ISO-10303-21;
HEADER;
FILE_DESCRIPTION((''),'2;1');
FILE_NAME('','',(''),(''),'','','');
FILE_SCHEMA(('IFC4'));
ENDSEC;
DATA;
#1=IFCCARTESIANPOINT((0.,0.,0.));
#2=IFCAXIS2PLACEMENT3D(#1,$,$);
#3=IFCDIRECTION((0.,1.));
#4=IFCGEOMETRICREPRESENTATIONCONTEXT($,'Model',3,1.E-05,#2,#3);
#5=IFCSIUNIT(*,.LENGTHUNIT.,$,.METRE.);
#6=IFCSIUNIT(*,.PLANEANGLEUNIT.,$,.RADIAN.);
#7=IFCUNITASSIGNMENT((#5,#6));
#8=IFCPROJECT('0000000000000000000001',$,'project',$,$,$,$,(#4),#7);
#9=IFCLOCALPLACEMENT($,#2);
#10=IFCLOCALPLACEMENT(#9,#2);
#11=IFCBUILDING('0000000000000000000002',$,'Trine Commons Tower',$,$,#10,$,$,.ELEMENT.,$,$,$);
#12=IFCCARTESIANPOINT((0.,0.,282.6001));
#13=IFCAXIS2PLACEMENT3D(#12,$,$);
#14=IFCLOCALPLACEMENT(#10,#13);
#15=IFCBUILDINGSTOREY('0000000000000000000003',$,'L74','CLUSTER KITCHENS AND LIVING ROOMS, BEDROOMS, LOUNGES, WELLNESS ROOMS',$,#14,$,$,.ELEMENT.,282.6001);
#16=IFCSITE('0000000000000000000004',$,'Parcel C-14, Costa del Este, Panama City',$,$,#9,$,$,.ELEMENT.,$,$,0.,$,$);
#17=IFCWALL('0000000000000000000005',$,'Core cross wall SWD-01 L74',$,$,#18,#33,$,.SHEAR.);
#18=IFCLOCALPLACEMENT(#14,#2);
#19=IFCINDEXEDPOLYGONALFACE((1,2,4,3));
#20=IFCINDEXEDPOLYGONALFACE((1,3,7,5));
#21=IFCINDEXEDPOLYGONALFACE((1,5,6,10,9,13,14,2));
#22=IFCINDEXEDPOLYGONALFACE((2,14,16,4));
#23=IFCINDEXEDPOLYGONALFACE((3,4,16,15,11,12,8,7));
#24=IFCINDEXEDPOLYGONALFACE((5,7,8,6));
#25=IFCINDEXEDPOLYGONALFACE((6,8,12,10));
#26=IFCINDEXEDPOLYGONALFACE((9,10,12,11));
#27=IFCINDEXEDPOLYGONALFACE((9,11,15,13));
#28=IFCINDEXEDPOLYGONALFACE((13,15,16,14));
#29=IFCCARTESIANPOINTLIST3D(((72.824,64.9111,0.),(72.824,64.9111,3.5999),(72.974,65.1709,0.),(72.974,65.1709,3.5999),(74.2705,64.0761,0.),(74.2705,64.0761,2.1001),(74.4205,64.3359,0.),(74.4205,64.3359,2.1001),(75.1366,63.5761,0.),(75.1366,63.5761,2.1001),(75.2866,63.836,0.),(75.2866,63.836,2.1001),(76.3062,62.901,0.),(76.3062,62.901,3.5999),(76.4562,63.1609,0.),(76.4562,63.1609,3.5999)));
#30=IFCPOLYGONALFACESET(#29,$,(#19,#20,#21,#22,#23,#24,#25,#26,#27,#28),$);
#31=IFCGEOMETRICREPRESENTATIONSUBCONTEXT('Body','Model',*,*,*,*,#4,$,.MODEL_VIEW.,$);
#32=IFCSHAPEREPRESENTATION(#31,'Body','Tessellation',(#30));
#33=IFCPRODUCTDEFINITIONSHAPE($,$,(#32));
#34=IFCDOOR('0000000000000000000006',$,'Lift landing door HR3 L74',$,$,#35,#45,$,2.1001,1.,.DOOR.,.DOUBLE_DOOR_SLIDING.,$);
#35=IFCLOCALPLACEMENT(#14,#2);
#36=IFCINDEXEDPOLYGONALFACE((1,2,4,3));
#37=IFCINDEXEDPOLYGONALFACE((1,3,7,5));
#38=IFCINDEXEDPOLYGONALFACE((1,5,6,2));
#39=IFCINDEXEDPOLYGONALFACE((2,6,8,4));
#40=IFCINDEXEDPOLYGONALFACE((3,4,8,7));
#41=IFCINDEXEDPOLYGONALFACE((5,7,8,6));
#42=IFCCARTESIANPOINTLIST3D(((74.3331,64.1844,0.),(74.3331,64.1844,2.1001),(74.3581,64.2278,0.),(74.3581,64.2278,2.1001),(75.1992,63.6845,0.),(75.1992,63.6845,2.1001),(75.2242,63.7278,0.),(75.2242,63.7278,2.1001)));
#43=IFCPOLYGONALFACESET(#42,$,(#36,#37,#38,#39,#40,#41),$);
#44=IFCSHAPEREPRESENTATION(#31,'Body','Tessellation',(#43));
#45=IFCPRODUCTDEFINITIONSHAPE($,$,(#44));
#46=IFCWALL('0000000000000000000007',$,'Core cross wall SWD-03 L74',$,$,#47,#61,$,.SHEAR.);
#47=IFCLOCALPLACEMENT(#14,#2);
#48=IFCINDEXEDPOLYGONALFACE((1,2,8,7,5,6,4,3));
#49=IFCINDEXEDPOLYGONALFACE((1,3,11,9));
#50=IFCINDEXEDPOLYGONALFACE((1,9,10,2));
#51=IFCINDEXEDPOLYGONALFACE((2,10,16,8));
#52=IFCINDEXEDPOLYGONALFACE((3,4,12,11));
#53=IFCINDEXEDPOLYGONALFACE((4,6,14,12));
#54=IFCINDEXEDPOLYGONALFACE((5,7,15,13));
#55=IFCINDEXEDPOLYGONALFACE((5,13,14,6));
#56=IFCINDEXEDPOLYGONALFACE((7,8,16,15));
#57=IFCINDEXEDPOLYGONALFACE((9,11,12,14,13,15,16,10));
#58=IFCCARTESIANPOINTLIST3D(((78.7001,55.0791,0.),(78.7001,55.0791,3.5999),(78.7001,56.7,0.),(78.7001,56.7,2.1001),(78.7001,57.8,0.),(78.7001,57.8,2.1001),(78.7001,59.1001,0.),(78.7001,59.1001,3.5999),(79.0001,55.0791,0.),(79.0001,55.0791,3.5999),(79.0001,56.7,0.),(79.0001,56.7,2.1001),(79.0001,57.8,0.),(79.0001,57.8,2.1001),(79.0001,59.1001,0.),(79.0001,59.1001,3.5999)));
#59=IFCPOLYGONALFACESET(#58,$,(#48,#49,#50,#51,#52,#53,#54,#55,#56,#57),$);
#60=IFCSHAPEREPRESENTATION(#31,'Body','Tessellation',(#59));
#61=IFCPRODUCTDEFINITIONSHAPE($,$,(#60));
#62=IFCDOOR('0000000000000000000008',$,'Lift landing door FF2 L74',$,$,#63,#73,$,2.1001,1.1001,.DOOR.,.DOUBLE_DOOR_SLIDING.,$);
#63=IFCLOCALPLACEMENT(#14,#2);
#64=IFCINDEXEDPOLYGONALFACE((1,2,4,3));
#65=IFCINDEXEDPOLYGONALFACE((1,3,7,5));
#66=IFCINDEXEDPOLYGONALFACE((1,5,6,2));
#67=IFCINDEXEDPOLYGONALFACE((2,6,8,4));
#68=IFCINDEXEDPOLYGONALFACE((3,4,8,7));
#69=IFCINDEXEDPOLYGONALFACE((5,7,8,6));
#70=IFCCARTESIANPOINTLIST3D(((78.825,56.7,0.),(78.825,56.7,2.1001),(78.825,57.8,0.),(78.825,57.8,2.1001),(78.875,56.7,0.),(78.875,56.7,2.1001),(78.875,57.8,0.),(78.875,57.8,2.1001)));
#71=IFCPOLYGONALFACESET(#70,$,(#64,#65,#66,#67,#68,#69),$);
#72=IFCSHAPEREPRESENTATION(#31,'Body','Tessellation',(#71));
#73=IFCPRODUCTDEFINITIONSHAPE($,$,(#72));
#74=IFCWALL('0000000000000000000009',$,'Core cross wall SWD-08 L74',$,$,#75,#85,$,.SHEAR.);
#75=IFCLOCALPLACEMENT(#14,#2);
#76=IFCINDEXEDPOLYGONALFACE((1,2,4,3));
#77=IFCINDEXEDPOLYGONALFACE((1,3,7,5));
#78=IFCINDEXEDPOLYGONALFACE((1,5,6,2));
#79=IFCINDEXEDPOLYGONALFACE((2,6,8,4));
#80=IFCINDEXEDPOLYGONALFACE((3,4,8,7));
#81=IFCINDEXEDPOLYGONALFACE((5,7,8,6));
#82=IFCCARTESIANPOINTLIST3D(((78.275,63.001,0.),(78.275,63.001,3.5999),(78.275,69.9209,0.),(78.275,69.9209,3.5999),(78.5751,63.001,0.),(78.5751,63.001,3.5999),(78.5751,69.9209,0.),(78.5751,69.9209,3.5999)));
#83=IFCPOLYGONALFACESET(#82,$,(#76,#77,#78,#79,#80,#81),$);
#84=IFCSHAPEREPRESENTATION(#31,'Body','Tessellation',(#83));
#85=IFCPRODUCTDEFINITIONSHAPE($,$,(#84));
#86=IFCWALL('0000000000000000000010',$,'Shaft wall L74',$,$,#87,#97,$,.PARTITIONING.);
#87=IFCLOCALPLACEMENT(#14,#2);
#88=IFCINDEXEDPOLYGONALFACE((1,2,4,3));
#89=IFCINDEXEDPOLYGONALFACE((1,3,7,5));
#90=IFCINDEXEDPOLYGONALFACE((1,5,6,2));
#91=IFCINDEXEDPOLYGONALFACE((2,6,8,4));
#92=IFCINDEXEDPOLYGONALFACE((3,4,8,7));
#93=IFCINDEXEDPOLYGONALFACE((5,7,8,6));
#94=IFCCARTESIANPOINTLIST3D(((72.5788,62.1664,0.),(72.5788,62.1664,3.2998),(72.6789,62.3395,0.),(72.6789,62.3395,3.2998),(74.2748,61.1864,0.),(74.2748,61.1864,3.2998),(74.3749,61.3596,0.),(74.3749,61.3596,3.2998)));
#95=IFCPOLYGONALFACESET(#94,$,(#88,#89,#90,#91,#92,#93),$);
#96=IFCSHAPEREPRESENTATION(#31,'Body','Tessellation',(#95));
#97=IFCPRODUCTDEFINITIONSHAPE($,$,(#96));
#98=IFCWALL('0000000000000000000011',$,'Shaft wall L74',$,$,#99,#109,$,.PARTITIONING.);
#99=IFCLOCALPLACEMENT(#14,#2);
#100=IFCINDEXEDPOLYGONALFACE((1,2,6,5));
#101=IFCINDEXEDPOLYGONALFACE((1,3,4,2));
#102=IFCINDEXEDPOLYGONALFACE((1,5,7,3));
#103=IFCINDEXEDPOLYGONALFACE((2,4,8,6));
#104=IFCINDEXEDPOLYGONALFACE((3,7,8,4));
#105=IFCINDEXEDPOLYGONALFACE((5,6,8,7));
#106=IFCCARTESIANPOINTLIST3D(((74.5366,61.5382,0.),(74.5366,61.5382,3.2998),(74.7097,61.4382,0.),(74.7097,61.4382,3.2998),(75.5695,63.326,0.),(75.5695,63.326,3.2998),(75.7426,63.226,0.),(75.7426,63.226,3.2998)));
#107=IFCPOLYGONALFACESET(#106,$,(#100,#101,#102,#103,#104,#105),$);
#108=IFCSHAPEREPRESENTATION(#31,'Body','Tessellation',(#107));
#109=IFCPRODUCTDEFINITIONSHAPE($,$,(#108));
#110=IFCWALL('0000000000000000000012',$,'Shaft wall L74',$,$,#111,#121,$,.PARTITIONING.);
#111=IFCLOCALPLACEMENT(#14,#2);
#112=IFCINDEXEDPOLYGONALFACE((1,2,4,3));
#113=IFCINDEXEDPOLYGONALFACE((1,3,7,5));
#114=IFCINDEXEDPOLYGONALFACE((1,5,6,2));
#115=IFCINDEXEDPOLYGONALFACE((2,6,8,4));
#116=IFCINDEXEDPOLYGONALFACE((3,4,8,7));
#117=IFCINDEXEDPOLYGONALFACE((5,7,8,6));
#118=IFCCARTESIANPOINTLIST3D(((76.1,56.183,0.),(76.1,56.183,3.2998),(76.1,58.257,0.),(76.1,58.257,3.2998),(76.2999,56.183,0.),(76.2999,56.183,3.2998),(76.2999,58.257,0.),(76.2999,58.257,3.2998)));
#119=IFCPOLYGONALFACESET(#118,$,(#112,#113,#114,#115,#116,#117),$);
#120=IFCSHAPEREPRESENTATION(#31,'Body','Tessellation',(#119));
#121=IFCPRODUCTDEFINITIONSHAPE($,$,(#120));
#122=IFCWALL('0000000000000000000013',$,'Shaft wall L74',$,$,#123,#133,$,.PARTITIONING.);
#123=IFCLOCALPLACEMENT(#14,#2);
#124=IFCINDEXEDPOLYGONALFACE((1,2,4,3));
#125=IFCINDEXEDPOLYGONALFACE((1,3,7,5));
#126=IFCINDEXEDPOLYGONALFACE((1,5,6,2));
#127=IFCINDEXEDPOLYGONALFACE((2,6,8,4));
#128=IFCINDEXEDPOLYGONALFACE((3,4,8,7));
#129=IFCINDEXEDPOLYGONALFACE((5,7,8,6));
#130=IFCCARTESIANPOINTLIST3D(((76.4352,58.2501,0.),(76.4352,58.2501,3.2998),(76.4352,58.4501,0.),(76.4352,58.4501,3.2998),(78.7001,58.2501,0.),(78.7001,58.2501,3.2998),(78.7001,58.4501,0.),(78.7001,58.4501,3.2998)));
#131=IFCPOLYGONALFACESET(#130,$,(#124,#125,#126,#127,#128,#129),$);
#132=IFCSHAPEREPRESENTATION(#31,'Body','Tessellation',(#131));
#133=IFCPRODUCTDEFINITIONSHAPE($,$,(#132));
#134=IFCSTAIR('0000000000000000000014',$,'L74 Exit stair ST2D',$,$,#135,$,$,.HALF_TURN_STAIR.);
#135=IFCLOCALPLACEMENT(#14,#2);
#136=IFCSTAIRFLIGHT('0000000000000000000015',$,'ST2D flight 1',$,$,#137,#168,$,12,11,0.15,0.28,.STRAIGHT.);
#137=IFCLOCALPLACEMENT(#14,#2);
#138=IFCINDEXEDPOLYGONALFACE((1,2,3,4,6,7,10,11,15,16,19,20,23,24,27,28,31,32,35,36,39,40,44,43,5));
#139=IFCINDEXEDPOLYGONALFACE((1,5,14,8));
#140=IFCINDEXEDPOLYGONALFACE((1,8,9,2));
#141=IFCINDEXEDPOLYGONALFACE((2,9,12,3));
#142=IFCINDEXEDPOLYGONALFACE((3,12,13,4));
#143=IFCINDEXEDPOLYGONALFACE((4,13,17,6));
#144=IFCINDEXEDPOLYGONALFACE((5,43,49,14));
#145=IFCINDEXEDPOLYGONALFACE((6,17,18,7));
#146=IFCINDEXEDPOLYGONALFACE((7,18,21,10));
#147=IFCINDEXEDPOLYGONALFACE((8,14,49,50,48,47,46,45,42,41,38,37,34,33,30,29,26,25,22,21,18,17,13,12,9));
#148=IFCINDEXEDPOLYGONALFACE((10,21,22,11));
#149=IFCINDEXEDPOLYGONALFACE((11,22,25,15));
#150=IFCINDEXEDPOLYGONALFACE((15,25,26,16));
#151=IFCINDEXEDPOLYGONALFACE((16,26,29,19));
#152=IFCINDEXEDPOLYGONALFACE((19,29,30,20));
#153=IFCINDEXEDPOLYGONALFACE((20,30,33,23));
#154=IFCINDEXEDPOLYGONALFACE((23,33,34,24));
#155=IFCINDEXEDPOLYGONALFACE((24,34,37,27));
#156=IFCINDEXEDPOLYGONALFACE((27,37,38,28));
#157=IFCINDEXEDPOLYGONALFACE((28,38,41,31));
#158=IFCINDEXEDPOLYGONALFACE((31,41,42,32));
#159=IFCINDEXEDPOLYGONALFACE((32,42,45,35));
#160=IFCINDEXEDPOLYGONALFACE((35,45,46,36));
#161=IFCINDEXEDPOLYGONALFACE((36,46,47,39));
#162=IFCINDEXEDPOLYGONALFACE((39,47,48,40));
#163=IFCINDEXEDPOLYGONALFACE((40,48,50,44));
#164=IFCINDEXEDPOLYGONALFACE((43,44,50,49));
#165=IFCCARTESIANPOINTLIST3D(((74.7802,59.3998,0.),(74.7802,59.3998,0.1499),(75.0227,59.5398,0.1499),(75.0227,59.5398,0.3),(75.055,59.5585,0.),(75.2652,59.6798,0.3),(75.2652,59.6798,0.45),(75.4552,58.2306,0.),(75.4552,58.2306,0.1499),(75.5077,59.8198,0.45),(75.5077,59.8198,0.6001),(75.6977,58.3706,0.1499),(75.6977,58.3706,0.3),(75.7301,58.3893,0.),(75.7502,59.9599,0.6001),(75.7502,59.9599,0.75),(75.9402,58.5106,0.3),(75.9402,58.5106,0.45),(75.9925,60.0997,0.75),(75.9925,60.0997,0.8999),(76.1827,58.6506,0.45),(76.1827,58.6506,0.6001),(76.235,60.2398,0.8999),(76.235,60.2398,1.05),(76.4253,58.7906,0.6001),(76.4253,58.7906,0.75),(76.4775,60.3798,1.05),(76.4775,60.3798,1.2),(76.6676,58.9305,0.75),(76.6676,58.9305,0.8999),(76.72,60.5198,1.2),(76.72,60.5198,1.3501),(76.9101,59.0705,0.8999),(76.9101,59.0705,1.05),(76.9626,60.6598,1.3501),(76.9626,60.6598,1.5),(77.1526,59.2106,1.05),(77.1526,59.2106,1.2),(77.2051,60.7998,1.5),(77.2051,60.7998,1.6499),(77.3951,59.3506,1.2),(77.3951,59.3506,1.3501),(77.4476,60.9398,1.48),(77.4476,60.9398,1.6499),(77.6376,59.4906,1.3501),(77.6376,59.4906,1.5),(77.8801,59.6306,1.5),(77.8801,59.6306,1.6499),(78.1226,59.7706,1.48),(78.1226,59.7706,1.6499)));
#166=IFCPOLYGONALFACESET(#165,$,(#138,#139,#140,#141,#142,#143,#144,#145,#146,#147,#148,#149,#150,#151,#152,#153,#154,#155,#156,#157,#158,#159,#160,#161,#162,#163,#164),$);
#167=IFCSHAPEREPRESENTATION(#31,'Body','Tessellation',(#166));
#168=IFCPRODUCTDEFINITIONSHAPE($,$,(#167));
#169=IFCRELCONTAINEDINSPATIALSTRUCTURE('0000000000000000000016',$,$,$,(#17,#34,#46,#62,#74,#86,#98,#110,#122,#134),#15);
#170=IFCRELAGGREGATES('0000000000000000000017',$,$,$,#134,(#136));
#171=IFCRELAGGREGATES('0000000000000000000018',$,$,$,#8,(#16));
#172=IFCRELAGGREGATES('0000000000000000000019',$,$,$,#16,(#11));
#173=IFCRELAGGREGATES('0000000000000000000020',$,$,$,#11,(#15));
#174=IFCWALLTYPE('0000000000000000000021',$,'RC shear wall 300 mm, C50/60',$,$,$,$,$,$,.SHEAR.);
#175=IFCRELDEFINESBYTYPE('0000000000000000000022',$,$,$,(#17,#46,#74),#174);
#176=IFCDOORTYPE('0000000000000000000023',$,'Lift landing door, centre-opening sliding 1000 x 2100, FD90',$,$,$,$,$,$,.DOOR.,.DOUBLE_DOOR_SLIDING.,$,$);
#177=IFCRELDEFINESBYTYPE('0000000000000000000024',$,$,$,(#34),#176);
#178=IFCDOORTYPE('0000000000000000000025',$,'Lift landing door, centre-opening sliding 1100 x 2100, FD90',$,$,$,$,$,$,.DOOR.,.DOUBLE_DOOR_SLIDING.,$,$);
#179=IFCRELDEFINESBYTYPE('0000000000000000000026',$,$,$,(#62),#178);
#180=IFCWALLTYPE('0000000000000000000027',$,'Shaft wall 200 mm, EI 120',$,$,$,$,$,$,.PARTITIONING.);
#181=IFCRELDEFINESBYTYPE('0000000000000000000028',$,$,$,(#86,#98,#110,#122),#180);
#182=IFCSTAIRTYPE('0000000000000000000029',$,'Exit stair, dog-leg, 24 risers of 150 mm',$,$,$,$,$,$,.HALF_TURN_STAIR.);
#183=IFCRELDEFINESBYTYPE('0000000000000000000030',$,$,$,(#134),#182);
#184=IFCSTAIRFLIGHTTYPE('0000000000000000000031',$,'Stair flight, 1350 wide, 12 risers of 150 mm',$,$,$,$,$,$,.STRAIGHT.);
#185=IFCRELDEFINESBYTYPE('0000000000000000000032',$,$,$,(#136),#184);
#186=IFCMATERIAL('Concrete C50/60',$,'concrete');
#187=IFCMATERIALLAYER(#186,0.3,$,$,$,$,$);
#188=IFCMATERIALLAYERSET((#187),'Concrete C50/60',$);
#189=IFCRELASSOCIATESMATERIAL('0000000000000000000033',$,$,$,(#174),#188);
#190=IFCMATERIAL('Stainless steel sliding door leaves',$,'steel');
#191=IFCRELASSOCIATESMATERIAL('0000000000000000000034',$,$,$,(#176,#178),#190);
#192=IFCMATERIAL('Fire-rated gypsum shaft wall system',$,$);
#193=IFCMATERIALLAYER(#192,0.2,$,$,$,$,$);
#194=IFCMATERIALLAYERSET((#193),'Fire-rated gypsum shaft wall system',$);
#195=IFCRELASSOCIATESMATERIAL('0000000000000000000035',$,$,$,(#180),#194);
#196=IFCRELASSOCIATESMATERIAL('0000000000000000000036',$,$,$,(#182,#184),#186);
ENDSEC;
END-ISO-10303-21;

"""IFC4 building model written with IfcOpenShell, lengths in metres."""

from ifc_helpers import new_model, si_unit, direction, frame, frame_2d, origin, place, context, subcontext, project, spatial, polyline, rectangle, outline, extrude, material, layer, layer_set, type_object, element, fill, aggregate, save


model = new_model("IFC4")

# Units and contexts
model_context = context("Model", 3, precision=1e-05, world=origin(), true_north=direction((0.0, 1.0)))
body_context = subcontext(model_context, "Body", "Model", "MODEL_VIEW")
ifc_project = project(units=[si_unit("LENGTHUNIT", "METRE"), si_unit("PLANEANGLEUNIT", "RADIAN")], contexts=[model_context])

# Site, building, storey
site_placement = place(None, origin())
site = spatial("IfcSite", under=ifc_project, at=site_placement, Name="Parcel C-14, Costa del Este, Panama City", CompositionType="ELEMENT", RefElevation=0.0)
building_placement = place(site_placement, origin())
building = spatial("IfcBuilding", under=site, at=building_placement, Name="Trine Commons Tower", CompositionType="ELEMENT")
storey_placement = place(building_placement, frame((0.0, 0.0, 282.6001)))
storey = spatial("IfcBuildingStorey", under=building, at=storey_placement, Name="L74", Description="CLUSTER KITCHENS AND LIVING ROOMS, BEDROOMS, LOUNGES, WELLNESS ROOMS", CompositionType="ELEMENT", Elevation=282.6001)

# Walls, openings, doors
ifc_material_1 = material(Name="Concrete C50/60", Category="concrete")
ifc_layer_1 = layer(ifc_material_1, 0.3)
ifc_layer_set_1 = layer_set([ifc_layer_1], Name="Concrete C50/60")
wall_type_1 = type_object("IfcWallType", Name="RC shear wall 300 mm, C50/60", PredefinedType="SHEAR", material=ifc_layer_set_1)
wall_1_placement = place(storey_placement, frame((76.3811, 63.031, 0.0), z_axis=(0.0, 0.0, 1.0), x_axis=(-0.866071, 0.49992, 0.0)))
wall_1 = element("IfcWall", 1, at=wall_1_placement, inside=storey, type_object=wall_type_1, Name="Core cross wall SWD-01 L74", PredefinedType="SHEAR", context=body_context, shape_type="SweptSolid", body=[
    extrude(rectangle(XDim=4.0208, YDim=0.3, at=frame_2d((2.0103, 0.0))), origin(), (0.0, 0.0, 1.0), 3.5999),
])
opening_1_placement = place(wall_1_placement, frame((1.3503, 0.0, 0.0)))
opening_1 = element("IfcOpeningElement", 2, at=opening_1_placement, cuts=wall_1, PredefinedType="OPENING", context=body_context, shape_type="SweptSolid", body=[
    extrude(rectangle(XDim=1.0, YDim=2.1001, at=frame_2d((0.5, 1.05))), frame((0.0, 0.1599, 0.0), z_axis=(0.0, -1.0, 0.0), x_axis=(1.0, 0.0, 0.0)), (0.0, 0.0, 1.0), 0.3201),
])
ifc_material_2 = material(Name="Stainless steel sliding door leaves", Category="steel")
door_type_1 = type_object("IfcDoorType", Name="Lift landing door, centre-opening sliding 1000 x 2100, FD90", OperationType="DOUBLE_DOOR_SLIDING", PredefinedType="DOOR", material=ifc_material_2)
door_1_placement = place(opening_1_placement, origin())
door_1 = element("IfcDoor", 3, at=door_1_placement, inside=storey, type_object=door_type_1, Name="Lift landing door HR3 L74", OperationType="DOUBLE_DOOR_SLIDING", OverallHeight=2.1001, OverallWidth=1.0, PredefinedType="DOOR", context=body_context, shape_type="SweptSolid", body=[
    extrude(rectangle(XDim=1.0, YDim=2.1001, at=frame_2d((0.5, 1.05))), frame((0.0, 0.0249, 0.0), z_axis=(0.0, -1.0, 0.0), x_axis=(1.0, 0.0, 0.0)), (0.0, 0.0, 1.0), 0.05),
])
fill(opening_1, door_1)
wall_2_placement = place(storey_placement, frame((78.8501, 59.1001, 0.0), z_axis=(0.0, 0.0, 1.0), x_axis=(0.0, -1.0, 0.0)))
wall_2 = element("IfcWall", 4, at=wall_2_placement, inside=storey, type_object=wall_type_1, Name="Core cross wall SWD-03 L74", PredefinedType="SHEAR", context=body_context, shape_type="SweptSolid", body=[
    extrude(rectangle(XDim=4.021, YDim=0.3, at=frame_2d((2.0105, 0.0))), origin(), (0.0, 0.0, 1.0), 3.5999),
])
opening_2_placement = place(wall_2_placement, frame((1.3, 0.0, 0.0)))
opening_2 = element("IfcOpeningElement", 5, at=opening_2_placement, cuts=wall_2, PredefinedType="OPENING", context=body_context, shape_type="SweptSolid", body=[
    extrude(rectangle(XDim=1.1001, YDim=2.1001, at=frame_2d((0.55, 1.05))), frame((0.0, 0.1599, 0.0), z_axis=(0.0, -1.0, 0.0), x_axis=(1.0, 0.0, 0.0)), (0.0, 0.0, 1.0), 0.3201),
])
door_type_2 = type_object("IfcDoorType", Name="Lift landing door, centre-opening sliding 1100 x 2100, FD90", OperationType="DOUBLE_DOOR_SLIDING", PredefinedType="DOOR", material=ifc_material_2)
door_2_placement = place(opening_2_placement, origin())
door_2 = element("IfcDoor", 6, at=door_2_placement, inside=storey, type_object=door_type_2, Name="Lift landing door FF2 L74", OperationType="DOUBLE_DOOR_SLIDING", OverallHeight=2.1001, OverallWidth=1.1001, PredefinedType="DOOR", context=body_context, shape_type="SweptSolid", body=[
    extrude(rectangle(XDim=1.1001, YDim=2.1001, at=frame_2d((0.55, 1.05))), frame((0.0, 0.0249, 0.0), z_axis=(0.0, -1.0, 0.0), x_axis=(1.0, 0.0, 0.0)), (0.0, 0.0, 1.0), 0.05),
])
fill(opening_2, door_2)

# Walls
wall_3_placement = place(storey_placement, frame((78.425, 63.001, 0.0), z_axis=(0.0, 0.0, 1.0), x_axis=(0.0, 1.0, 0.0)))
element("IfcWall", 7, at=wall_3_placement, inside=storey, type_object=wall_type_1, Name="Core cross wall SWD-08 L74", PredefinedType="SHEAR", context=body_context, shape_type="SweptSolid", body=[
    extrude(rectangle(XDim=6.9199, YDim=0.3, at=frame_2d((3.46, 0.0))), origin(), (0.0, 0.0, 1.0), 3.5999),
])
ifc_material_3 = material(Name="Fire-rated gypsum shaft wall system")
ifc_layer_2 = layer(ifc_material_3, 0.2)
ifc_layer_set_2 = layer_set([ifc_layer_2], Name="Fire-rated gypsum shaft wall system")
wall_type_2 = type_object("IfcWallType", Name="Shaft wall 200 mm, EI 120", PredefinedType="PARTITIONING", material=ifc_layer_set_2)
wall_4_placement = place(storey_placement, frame((74.325, 61.2729, 0.0), z_axis=(0.0, 0.0, 1.0), x_axis=(-0.865855, 0.500294, 0.0)))
element("IfcWall", 8, at=wall_4_placement, inside=storey, type_object=wall_type_2, Name="Shaft wall L74", PredefinedType="PARTITIONING", context=body_context, shape_type="SweptSolid", body=[
    extrude(rectangle(XDim=1.9587, YDim=0.2, at=frame_2d((0.9795, 0.0))), origin(), (0.0, 0.0, 1.0), 3.2998),
])
wall_5_placement = place(storey_placement, frame((75.656, 63.2759, 0.0), z_axis=(0.0, 0.0, 1.0), x_axis=(-0.500272, -0.865868, 0.0)))
element("IfcWall", 9, at=wall_5_placement, inside=storey, type_object=wall_type_2, Name="Shaft wall L74", PredefinedType="PARTITIONING", context=body_context, shape_type="SweptSolid", body=[
    extrude(rectangle(XDim=2.0647, YDim=0.2, at=frame_2d((1.0322, 0.0))), origin(), (0.0, 0.0, 1.0), 3.2998),
])
wall_6_placement = place(storey_placement, frame((76.2, 58.2571, 0.0), z_axis=(0.0, 0.0, 1.0), x_axis=(0.0, -1.0, 0.0)))
element("IfcWall", 10, at=wall_6_placement, inside=storey, type_object=wall_type_2, Name="Shaft wall L74", PredefinedType="PARTITIONING", context=body_context, shape_type="SweptSolid", body=[
    extrude(rectangle(XDim=2.074, YDim=0.2, at=frame_2d((1.0371, 0.0))), origin(), (0.0, 0.0, 1.0), 3.2998),
])
wall_7_placement = place(storey_placement, frame((78.7, 58.3501, 0.0), z_axis=(0.0, 0.0, 1.0), x_axis=(-1.0, 0.0, 0.0)))
element("IfcWall", 11, at=wall_7_placement, inside=storey, type_object=wall_type_2, Name="Shaft wall L74", PredefinedType="PARTITIONING", context=body_context, shape_type="SweptSolid", body=[
    extrude(rectangle(XDim=2.2649, YDim=0.2, at=frame_2d((1.1323, 0.0))), origin(), (0.0, 0.0, 1.0), 3.2998),
])

# Stair, stair flight
stair_type = type_object("IfcStairType", Name="Exit stair, dog-leg, 24 risers of 150 mm", PredefinedType="HALF_TURN_STAIR", material=ifc_material_1)
stair_placement = place(storey_placement, origin())
stair = element("IfcStair", 12, at=stair_placement, inside=storey, type_object=stair_type, Name="L74 Exit stair ST2D", PredefinedType="HALF_TURN_STAIR")
stair_flight_type = type_object("IfcStairFlightType", Name="Stair flight, 1350 wide, 12 risers of 150 mm", PredefinedType="STRAIGHT", material=ifc_material_1)
stair_flight_1_placement = place(storey_placement, frame((75.1177, 58.8152, 0.0), z_axis=(0.0, 0.0, 1.0), x_axis=(0.866025, 0.5, 0.0)))
stair_flight_1 = element("IfcStairFlight", 13, at=stair_flight_1_placement, type_object=stair_flight_type, Name="ST2D flight 1", NumberOfRisers=12, NumberOfTreads=11, PredefinedType="STRAIGHT", RiserHeight=0.15, TreadLength=0.28, context=body_context, shape_type="SweptSolid", body=[
    extrude(outline(polyline([(0.0, 0.0), (0.0, 0.1499), (0.28, 0.1499), (0.28, 0.3), (0.5601, 0.3), (0.5601, 0.45), (0.8401, 0.45), (0.8401, 0.6001), (1.1201, 0.6001), (1.1201, 0.75), (1.3999, 0.75), (1.3999, 0.8999), (1.6799, 0.8999), (1.6799, 1.05), (1.96, 1.05), (1.96, 1.2), (2.24, 1.2), (2.24, 1.3501), (2.52, 1.3501), (2.52, 1.5), (2.8, 1.5), (2.8, 1.6499), (3.0801, 1.6499), (3.0801, 1.8), (3.0801, 1.48), (0.3174, 0.0), (0.0, 0.0)])), frame((0.0, 0.675, 0.0), z_axis=(0.0, -1.0, 0.0), x_axis=(1.0, 0.0, 0.0)), (0.0, 0.0, 1.0), 1.3501),
])
aggregate(stair, [stair_flight_1])

save(model, "model.ifc")
